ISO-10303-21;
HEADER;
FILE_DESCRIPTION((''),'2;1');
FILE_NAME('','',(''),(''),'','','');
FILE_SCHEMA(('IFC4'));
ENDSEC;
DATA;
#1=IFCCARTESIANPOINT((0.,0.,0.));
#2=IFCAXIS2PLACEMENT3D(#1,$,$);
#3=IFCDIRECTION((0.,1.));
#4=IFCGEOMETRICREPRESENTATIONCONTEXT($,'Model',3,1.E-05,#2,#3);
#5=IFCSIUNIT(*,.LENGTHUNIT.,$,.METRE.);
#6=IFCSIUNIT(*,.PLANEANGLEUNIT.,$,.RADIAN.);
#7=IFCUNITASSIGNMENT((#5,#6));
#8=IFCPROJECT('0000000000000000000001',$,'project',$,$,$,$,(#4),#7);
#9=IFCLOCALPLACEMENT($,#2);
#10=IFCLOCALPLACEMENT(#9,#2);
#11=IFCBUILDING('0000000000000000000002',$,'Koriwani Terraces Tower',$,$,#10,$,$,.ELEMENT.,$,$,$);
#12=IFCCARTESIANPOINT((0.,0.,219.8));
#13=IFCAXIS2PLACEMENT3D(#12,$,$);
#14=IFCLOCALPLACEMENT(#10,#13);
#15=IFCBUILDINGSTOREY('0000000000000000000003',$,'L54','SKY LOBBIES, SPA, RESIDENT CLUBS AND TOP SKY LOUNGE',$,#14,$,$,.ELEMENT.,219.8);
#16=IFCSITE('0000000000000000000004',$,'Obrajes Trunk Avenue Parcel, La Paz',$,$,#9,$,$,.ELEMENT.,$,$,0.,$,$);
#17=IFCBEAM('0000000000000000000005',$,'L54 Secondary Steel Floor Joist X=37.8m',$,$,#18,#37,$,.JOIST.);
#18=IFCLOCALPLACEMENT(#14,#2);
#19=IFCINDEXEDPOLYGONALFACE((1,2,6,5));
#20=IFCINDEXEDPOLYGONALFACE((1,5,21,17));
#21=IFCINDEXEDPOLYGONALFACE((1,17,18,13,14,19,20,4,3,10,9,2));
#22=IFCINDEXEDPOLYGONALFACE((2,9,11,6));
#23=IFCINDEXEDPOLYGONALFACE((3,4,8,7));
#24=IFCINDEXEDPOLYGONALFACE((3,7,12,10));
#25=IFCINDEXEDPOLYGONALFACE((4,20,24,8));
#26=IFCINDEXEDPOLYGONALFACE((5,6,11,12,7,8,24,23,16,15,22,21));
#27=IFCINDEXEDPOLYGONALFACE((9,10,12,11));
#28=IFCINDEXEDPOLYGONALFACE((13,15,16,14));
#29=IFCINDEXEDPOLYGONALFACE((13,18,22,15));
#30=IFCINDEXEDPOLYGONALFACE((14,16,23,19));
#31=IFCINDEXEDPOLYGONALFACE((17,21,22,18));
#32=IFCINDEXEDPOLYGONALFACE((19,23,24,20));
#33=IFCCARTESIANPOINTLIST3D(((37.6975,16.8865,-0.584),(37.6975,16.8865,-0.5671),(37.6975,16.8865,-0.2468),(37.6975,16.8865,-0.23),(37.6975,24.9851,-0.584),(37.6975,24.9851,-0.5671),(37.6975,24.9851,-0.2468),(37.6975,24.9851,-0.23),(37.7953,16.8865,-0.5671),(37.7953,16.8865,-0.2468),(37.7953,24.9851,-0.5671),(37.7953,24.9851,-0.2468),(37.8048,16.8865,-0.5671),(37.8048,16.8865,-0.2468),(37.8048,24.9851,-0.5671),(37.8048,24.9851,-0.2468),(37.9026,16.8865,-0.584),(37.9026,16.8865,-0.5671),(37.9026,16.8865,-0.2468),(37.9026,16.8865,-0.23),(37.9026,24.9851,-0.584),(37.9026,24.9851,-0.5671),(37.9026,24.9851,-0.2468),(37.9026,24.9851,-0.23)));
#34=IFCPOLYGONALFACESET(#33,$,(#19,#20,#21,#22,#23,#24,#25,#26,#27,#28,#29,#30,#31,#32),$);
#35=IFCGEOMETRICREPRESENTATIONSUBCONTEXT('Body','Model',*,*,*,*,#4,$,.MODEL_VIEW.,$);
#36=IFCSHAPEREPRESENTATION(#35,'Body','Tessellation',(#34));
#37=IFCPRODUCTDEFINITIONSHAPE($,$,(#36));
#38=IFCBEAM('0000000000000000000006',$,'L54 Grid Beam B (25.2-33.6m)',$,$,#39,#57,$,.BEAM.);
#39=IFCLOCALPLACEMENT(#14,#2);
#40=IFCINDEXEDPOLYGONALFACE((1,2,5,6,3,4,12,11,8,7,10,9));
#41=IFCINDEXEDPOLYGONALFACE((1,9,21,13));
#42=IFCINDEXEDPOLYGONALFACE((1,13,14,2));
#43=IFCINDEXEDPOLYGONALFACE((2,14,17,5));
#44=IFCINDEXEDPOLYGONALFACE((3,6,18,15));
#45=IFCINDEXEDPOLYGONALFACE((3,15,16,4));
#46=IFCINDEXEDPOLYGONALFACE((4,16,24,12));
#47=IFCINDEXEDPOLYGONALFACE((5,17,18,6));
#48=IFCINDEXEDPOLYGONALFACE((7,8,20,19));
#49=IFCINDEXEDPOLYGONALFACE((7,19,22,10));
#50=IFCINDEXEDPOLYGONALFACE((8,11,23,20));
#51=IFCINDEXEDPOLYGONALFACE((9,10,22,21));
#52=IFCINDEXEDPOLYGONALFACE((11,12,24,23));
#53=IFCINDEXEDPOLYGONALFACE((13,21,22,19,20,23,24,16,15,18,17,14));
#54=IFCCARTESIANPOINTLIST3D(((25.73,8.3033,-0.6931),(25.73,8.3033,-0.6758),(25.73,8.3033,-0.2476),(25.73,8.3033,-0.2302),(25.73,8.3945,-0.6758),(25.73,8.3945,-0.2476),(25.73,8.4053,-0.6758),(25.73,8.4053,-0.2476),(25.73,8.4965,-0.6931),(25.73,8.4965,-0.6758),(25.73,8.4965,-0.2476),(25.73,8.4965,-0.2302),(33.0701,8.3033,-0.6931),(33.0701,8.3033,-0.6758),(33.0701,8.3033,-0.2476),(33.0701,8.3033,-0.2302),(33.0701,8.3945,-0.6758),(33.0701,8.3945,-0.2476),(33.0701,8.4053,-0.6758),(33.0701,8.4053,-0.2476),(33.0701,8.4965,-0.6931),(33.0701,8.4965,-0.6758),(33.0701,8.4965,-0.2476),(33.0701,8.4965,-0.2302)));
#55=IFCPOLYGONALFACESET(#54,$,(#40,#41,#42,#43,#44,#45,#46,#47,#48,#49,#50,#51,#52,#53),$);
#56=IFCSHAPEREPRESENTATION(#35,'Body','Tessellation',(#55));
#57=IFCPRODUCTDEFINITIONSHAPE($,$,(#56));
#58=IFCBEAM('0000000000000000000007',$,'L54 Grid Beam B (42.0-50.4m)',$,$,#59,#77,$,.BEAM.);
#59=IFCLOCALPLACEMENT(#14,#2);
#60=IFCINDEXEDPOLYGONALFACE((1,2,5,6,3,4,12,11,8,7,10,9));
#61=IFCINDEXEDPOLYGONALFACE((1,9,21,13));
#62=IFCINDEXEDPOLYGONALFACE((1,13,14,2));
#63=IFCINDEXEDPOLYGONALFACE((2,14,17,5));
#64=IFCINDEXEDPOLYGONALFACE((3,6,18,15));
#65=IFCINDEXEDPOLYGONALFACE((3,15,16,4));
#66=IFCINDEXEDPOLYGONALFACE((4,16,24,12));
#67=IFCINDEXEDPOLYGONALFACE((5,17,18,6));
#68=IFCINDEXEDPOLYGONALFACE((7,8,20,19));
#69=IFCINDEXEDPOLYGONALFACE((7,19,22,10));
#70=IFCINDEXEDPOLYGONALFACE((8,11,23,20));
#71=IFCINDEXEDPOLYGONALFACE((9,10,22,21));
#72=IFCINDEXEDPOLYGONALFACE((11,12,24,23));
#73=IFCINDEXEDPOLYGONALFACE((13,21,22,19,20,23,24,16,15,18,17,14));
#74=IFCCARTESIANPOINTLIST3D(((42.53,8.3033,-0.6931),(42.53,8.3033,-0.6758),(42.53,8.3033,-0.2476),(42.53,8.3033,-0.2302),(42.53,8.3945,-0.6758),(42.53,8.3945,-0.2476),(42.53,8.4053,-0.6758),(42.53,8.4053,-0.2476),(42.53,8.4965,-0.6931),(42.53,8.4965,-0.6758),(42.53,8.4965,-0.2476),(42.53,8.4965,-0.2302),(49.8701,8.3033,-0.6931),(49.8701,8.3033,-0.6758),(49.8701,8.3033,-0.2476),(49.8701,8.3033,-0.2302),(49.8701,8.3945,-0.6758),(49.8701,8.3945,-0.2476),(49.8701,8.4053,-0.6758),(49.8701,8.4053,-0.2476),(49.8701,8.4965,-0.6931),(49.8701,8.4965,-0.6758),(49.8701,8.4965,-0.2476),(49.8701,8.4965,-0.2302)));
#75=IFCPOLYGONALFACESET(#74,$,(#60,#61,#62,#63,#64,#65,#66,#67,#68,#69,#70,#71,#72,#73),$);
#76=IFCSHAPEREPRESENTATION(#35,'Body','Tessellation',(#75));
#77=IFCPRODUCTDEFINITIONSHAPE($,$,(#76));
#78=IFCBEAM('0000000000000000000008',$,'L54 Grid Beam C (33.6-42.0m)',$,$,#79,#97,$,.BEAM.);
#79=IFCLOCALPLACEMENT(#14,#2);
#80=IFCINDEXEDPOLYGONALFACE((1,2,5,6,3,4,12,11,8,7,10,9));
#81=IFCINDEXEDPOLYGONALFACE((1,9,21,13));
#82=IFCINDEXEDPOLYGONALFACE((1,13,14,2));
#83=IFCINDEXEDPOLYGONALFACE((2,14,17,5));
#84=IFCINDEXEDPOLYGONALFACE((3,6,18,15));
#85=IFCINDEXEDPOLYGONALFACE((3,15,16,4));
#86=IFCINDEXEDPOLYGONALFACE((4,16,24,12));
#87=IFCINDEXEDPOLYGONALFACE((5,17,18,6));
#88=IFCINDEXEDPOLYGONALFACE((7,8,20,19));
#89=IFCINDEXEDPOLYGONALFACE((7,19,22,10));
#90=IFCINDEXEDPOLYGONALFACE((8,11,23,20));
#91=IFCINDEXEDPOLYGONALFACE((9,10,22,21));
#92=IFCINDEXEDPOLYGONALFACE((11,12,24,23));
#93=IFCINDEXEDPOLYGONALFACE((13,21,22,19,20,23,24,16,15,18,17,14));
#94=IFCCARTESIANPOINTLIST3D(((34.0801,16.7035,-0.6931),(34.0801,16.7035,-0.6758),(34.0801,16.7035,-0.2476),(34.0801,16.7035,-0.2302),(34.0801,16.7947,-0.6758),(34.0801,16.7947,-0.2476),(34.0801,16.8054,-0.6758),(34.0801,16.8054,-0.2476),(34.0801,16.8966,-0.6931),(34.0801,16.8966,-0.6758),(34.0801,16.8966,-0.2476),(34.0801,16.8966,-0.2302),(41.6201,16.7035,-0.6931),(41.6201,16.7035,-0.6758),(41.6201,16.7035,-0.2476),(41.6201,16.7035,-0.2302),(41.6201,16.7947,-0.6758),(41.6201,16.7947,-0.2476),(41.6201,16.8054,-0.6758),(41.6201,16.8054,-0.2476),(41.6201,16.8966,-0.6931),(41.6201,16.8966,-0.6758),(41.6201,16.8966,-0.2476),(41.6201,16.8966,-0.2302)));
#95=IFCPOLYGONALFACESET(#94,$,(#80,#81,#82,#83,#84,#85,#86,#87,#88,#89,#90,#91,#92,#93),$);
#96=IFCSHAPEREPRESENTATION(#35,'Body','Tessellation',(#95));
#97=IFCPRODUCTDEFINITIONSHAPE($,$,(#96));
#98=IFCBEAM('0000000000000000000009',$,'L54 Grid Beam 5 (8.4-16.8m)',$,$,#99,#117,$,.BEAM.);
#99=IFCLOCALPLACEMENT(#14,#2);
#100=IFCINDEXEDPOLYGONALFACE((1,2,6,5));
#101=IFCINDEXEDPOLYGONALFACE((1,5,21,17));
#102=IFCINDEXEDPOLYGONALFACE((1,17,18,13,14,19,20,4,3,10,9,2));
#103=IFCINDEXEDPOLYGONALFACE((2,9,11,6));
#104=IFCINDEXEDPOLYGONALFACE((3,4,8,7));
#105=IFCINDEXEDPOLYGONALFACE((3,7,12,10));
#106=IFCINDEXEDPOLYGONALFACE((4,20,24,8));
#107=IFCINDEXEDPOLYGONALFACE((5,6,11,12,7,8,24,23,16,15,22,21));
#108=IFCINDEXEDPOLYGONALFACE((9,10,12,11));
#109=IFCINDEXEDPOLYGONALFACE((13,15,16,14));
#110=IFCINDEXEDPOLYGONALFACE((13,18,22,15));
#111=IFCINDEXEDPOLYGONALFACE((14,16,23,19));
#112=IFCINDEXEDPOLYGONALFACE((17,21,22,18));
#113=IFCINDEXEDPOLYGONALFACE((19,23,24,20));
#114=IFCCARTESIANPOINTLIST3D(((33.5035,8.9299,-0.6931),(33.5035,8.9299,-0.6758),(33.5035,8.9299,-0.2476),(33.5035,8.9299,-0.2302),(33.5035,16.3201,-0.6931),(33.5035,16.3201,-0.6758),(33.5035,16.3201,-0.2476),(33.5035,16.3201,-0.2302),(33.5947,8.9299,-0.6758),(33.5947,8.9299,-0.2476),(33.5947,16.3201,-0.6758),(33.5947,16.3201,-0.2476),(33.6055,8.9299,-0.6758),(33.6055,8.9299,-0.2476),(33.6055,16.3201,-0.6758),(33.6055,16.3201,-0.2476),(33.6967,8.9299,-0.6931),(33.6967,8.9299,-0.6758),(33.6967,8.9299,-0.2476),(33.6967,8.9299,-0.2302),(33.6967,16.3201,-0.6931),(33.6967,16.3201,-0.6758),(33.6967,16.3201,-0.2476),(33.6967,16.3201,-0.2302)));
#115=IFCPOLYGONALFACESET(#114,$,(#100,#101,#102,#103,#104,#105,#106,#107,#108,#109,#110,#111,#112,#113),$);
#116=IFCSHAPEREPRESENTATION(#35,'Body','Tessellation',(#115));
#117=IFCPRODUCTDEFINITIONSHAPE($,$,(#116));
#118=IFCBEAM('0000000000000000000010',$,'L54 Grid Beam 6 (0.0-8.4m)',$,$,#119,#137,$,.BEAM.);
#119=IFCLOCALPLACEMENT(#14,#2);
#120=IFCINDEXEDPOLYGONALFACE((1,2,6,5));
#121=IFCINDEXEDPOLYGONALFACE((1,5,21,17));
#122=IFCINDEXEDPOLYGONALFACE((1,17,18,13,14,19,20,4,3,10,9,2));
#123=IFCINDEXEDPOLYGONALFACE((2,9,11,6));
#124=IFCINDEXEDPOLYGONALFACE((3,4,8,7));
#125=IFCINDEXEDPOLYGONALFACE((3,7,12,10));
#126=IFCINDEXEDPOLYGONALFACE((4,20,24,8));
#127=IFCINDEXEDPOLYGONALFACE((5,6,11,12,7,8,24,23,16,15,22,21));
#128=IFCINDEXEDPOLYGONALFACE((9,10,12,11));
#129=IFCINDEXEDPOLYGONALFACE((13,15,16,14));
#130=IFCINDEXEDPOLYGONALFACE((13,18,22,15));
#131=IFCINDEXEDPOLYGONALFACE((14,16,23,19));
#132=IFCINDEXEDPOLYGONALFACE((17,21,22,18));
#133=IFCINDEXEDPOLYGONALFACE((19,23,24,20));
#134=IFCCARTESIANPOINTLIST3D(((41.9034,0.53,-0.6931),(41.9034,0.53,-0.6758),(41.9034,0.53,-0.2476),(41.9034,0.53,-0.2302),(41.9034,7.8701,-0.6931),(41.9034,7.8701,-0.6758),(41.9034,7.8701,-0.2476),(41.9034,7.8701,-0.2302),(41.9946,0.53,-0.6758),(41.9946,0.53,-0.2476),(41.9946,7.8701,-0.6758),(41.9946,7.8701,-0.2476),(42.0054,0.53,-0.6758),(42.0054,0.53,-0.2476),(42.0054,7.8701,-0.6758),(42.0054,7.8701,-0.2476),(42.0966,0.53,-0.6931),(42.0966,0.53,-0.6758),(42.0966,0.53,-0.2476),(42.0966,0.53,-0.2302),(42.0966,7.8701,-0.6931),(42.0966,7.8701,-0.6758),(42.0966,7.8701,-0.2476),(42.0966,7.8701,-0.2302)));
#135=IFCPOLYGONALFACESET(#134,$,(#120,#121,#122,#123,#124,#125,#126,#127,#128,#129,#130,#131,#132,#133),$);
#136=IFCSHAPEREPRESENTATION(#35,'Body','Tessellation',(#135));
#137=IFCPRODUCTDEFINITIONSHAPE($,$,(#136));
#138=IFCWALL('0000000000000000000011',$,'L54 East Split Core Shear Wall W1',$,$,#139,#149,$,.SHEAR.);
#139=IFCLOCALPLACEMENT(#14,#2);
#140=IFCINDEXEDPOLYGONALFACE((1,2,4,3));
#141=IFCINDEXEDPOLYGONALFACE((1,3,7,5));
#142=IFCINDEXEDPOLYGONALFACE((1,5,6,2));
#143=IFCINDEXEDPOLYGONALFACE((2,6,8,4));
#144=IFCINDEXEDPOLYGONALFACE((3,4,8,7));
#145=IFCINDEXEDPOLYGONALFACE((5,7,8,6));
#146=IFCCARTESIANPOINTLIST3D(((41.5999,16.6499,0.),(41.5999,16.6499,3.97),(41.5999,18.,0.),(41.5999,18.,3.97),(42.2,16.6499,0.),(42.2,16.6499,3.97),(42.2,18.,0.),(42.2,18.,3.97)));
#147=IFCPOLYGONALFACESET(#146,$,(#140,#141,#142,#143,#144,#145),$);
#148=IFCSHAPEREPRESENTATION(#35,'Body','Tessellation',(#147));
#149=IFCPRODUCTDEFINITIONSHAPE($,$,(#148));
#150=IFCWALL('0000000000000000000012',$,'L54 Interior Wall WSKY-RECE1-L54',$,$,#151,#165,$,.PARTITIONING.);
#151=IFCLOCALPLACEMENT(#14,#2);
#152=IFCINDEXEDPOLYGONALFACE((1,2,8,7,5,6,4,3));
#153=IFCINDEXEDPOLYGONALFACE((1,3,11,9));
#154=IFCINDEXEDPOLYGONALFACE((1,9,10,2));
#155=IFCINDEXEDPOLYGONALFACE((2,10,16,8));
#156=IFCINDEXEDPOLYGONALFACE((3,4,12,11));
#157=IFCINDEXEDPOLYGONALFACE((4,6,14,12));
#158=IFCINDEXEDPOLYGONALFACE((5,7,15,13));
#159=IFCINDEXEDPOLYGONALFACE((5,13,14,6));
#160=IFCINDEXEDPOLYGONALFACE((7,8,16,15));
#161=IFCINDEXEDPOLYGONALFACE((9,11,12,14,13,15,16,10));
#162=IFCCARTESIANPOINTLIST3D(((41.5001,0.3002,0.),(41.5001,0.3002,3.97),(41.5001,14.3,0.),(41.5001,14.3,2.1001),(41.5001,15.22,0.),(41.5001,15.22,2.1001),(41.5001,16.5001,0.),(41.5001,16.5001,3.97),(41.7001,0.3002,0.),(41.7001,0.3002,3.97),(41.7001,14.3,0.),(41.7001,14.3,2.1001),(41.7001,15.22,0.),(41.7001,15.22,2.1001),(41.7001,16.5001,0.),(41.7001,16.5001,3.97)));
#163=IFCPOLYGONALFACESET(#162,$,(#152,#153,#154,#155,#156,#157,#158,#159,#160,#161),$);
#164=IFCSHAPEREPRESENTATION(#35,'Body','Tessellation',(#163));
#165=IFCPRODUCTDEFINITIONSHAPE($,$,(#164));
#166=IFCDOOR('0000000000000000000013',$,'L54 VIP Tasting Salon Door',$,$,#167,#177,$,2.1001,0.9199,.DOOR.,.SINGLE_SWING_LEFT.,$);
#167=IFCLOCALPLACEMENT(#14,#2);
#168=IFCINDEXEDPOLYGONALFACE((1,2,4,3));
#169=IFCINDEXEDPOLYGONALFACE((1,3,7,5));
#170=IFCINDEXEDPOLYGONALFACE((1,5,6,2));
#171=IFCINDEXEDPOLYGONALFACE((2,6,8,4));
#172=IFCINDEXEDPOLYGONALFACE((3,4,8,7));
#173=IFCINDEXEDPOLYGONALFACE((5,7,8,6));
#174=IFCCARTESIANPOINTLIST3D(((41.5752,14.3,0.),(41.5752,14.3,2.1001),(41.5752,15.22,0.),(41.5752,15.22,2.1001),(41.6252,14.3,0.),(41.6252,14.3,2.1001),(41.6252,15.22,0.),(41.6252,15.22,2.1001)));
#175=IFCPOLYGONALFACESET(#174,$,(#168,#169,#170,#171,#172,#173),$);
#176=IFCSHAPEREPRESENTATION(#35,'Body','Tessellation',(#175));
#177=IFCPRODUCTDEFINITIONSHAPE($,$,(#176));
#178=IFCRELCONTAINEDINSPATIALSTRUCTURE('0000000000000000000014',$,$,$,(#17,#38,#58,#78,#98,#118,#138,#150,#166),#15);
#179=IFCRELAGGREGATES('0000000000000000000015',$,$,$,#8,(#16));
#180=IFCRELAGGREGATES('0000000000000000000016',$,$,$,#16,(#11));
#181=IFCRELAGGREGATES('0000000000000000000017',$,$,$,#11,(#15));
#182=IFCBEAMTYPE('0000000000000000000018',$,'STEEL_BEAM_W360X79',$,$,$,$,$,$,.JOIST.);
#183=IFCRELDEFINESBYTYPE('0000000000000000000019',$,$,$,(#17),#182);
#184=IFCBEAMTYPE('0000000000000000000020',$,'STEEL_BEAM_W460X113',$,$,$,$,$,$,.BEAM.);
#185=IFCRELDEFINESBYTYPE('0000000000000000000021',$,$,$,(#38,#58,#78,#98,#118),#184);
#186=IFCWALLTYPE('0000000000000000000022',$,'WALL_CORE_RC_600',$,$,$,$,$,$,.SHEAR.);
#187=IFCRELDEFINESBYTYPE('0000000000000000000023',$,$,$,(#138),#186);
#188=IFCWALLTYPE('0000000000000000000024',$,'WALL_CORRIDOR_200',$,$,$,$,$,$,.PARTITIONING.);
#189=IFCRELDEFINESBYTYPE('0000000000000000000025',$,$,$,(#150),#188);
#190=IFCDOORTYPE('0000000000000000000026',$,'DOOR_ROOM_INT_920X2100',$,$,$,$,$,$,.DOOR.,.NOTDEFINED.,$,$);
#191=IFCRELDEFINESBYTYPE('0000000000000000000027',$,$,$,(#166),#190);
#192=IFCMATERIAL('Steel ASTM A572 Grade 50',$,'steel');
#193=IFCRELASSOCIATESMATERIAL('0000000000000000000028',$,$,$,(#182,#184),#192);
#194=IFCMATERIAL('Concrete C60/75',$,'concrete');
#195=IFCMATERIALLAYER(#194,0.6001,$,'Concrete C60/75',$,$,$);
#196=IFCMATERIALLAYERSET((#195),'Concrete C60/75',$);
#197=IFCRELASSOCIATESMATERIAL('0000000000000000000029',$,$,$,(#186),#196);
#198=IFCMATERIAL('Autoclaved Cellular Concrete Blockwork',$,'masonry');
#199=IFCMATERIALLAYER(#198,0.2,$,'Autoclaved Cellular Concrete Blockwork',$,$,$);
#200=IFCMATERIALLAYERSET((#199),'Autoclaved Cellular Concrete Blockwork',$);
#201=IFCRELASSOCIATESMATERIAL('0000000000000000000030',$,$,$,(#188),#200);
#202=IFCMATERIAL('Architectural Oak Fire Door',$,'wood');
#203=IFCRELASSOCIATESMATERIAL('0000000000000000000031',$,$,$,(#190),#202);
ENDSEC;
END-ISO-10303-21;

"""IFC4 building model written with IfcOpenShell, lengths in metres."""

from ifc_helpers import new_model, si_unit, direction, frame, frame_2d, origin, origin_2d, place, context, subcontext, project, spatial, rectangle, i_section, extrude, material, layer, layer_set, material_profile, profile_set, type_object, element, fill, save


model = new_model("IFC4")

# Units and contexts
model_context = context("Model", 3, precision=1e-05, world=origin(), true_north=direction((0.0, 1.0)))
body_context = subcontext(model_context, "Body", "Model", "MODEL_VIEW")
ifc_project = project(units=[si_unit("LENGTHUNIT", "METRE"), si_unit("PLANEANGLEUNIT", "RADIAN")], contexts=[model_context])

# Site, building, storey
site_placement = place(None, origin())
site = spatial("IfcSite", under=ifc_project, at=site_placement, Name="Obrajes Trunk Avenue Parcel, La Paz", CompositionType="ELEMENT", RefElevation=0.0)
building_placement = place(site_placement, origin())
building = spatial("IfcBuilding", under=site, at=building_placement, Name="Koriwani Terraces Tower", CompositionType="ELEMENT")
storey_placement = place(building_placement, frame((0.0, 0.0, 219.8)))
storey = spatial("IfcBuildingStorey", under=building, at=storey_placement, Name="L54", Description="SKY LOBBIES, SPA, RESIDENT CLUBS AND TOP SKY LOUNGE", CompositionType="ELEMENT", Elevation=219.8)

# Beams
ifc_material_1 = material(Name="Steel ASTM A572 Grade 50", Category="steel")
ifc_material_profile_1 = material_profile(ifc_material_1, i_section(OverallWidth=0.2051, OverallDepth=0.354, WebThickness=0.0095, FlangeThickness=0.0168, at=origin_2d()), Name="Steel ASTM A572 Grade 50", Category="LoadBearing")
ifc_profile_set_1 = profile_set([ifc_material_profile_1], Name="Steel ASTM A572 Grade 50")
beam_type_1 = type_object("IfcBeamType", Name="STEEL_BEAM_W360X79", PredefinedType="JOIST", material=ifc_profile_set_1)
beam_1_placement = place(storey_placement, frame((37.8, 16.8865, -0.407), z_axis=(0.0, 1.0, 0.0), x_axis=(-1.0, 0.0, 0.0)))
element("IfcBeam", 1, at=beam_1_placement, inside=storey, type_object=beam_type_1, Name="L54 Secondary Steel Floor Joist X=37.8m", PredefinedType="JOIST", context=body_context, shape_type="SweptSolid", body=[
    extrude(i_section(OverallWidth=0.2051, OverallDepth=0.354, WebThickness=0.0095, FlangeThickness=0.0168, at=origin_2d()), origin(), (0.0, 0.0, 1.0), 8.0986),
])
ifc_material_profile_2 = material_profile(ifc_material_1, i_section(OverallWidth=0.1931, OverallDepth=0.4629, WebThickness=0.0107, FlangeThickness=0.0173, at=origin_2d()), Name="Steel ASTM A572 Grade 50", Category="LoadBearing")
ifc_profile_set_2 = profile_set([ifc_material_profile_2], Name="Steel ASTM A572 Grade 50")
beam_type_2 = type_object("IfcBeamType", Name="STEEL_BEAM_W460X113", PredefinedType="BEAM", material=ifc_profile_set_2)
for number, where, z_axis, x_axis, name in (
    (2, (25.73, 8.3999, -0.4617), (1.0, 0.0, 0.0), (0.0, 1.0, 0.0), "L54 Grid Beam B (25.2-33.6m)"),
    (3, (42.53, 8.3999, -0.4617), (1.0, 0.0, 0.0), (0.0, 1.0, 0.0), "L54 Grid Beam B (42.0-50.4m)"),
):
    element("IfcBeam", number, at=place(storey_placement, frame(where, z_axis=z_axis, x_axis=x_axis)), inside=storey, type_object=beam_type_2, Name=name, PredefinedType="BEAM", context=body_context, shape_type="SweptSolid", body=[
        extrude(i_section(OverallWidth=0.1931, OverallDepth=0.4629, WebThickness=0.0107, FlangeThickness=0.0173, at=origin_2d()), origin(), (0.0, 0.0, 1.0), 7.3401),
    ])
beam_2_placement = place(storey_placement, frame((34.0801, 16.8, -0.4617), z_axis=(1.0, 0.0, 0.0), x_axis=(0.0, 1.0, 0.0)))
element("IfcBeam", 4, at=beam_2_placement, inside=storey, type_object=beam_type_2, Name="L54 Grid Beam C (33.6-42.0m)", PredefinedType="BEAM", context=body_context, shape_type="SweptSolid", body=[
    extrude(i_section(OverallWidth=0.1931, OverallDepth=0.4629, WebThickness=0.0107, FlangeThickness=0.0173, at=origin_2d()), origin(), (0.0, 0.0, 1.0), 7.54),
])
beam_3_placement = place(storey_placement, frame((33.6001, 8.9299, -0.4617), z_axis=(0.0, 1.0, 0.0), x_axis=(-1.0, 0.0, 0.0)))
element("IfcBeam", 5, at=beam_3_placement, inside=storey, type_object=beam_type_2, Name="L54 Grid Beam 5 (8.4-16.8m)", PredefinedType="BEAM", context=body_context, shape_type="SweptSolid", body=[
    extrude(i_section(OverallWidth=0.1931, OverallDepth=0.4629, WebThickness=0.0107, FlangeThickness=0.0173, at=origin_2d()), origin(), (0.0, 0.0, 1.0), 7.3901),
])
beam_4_placement = place(storey_placement, frame((42.0, 0.53, -0.4617), z_axis=(0.0, 1.0, 0.0), x_axis=(-1.0, 0.0, 0.0)))
element("IfcBeam", 6, at=beam_4_placement, inside=storey, type_object=beam_type_2, Name="L54 Grid Beam 6 (0.0-8.4m)", PredefinedType="BEAM", context=body_context, shape_type="SweptSolid", body=[
    extrude(i_section(OverallWidth=0.1931, OverallDepth=0.4629, WebThickness=0.0107, FlangeThickness=0.0173, at=origin_2d()), origin(), (0.0, 0.0, 1.0), 7.3401),
])

# Wall
ifc_material_2 = material(Name="Concrete C60/75", Category="concrete")
ifc_layer_1 = layer(ifc_material_2, 0.6001, Name="Concrete C60/75")
ifc_layer_set_1 = layer_set([ifc_layer_1], Name="Concrete C60/75")
wall_type_1 = type_object("IfcWallType", Name="WALL_CORE_RC_600", PredefinedType="SHEAR", material=ifc_layer_set_1)
wall_1_placement = place(storey_placement, frame((41.8999, 16.6499, 0.0), z_axis=(0.0, 0.0, 1.0), x_axis=(0.0, 1.0, 0.0)))
element("IfcWall", 7, at=wall_1_placement, inside=storey, type_object=wall_type_1, Name="L54 East Split Core Shear Wall W1", PredefinedType="SHEAR", context=body_context, shape_type="SweptSolid", body=[
    extrude(rectangle(XDim=1.3501, YDim=0.6001, at=frame_2d((0.675, 0.0))), origin(), (0.0, 0.0, 1.0), 3.97),
])

# Wall, opening, door
ifc_material_3 = material(Name="Autoclaved Cellular Concrete Blockwork", Category="masonry")
ifc_layer_2 = layer(ifc_material_3, 0.2, Name="Autoclaved Cellular Concrete Blockwork")
ifc_layer_set_2 = layer_set([ifc_layer_2], Name="Autoclaved Cellular Concrete Blockwork")
wall_type_2 = type_object("IfcWallType", Name="WALL_CORRIDOR_200", PredefinedType="PARTITIONING", material=ifc_layer_set_2)
wall_2_placement = place(storey_placement, frame((41.6001, 0.3, 0.0), z_axis=(0.0, 0.0, 1.0), x_axis=(0.0, 1.0, 0.0)))
wall_2 = element("IfcWall", 8, at=wall_2_placement, inside=storey, type_object=wall_type_2, Name="L54 Interior Wall WSKY-RECE1-L54", PredefinedType="PARTITIONING", context=body_context, shape_type="SweptSolid", body=[
    extrude(rectangle(XDim=16.2, YDim=0.2, at=frame_2d((8.1001, 0.0))), origin(), (0.0, 0.0, 1.0), 3.97),
])
opening_1_placement = place(wall_2_placement, frame((14.0, 0.0, 0.0)))
opening_1 = element("IfcOpeningElement", 9, at=opening_1_placement, cuts=wall_2, PredefinedType="OPENING", context=body_context, shape_type="SweptSolid", body=[
    extrude(rectangle(XDim=0.9199, YDim=2.1001, at=frame_2d((0.46, 1.05))), frame((0.0, 0.1099, 0.0), z_axis=(0.0, -1.0, 0.0), x_axis=(1.0, 0.0, 0.0)), (0.0, 0.0, 1.0), 0.22),
])
ifc_material_4 = material(Name="Architectural Oak Fire Door", Category="wood")
door_type_1 = type_object("IfcDoorType", Name="DOOR_ROOM_INT_920X2100", OperationType="NOTDEFINED", PredefinedType="DOOR", material=ifc_material_4)
door_1_placement = place(opening_1_placement, origin())
door_1 = element("IfcDoor", 10, at=door_1_placement, inside=storey, type_object=door_type_1, Name="L54 VIP Tasting Salon Door", OperationType="SINGLE_SWING_LEFT", OverallHeight=2.1001, OverallWidth=0.9199, PredefinedType="DOOR", context=body_context, shape_type="SweptSolid", body=[
    extrude(rectangle(XDim=0.9199, YDim=2.1001, at=frame_2d((0.46, 1.05))), frame((0.0, 0.0249, 0.0), z_axis=(0.0, -1.0, 0.0), x_axis=(1.0, 0.0, 0.0)), (0.0, 0.0, 1.0), 0.05),
])
fill(opening_1, door_1)

save(model, "model.ifc")
